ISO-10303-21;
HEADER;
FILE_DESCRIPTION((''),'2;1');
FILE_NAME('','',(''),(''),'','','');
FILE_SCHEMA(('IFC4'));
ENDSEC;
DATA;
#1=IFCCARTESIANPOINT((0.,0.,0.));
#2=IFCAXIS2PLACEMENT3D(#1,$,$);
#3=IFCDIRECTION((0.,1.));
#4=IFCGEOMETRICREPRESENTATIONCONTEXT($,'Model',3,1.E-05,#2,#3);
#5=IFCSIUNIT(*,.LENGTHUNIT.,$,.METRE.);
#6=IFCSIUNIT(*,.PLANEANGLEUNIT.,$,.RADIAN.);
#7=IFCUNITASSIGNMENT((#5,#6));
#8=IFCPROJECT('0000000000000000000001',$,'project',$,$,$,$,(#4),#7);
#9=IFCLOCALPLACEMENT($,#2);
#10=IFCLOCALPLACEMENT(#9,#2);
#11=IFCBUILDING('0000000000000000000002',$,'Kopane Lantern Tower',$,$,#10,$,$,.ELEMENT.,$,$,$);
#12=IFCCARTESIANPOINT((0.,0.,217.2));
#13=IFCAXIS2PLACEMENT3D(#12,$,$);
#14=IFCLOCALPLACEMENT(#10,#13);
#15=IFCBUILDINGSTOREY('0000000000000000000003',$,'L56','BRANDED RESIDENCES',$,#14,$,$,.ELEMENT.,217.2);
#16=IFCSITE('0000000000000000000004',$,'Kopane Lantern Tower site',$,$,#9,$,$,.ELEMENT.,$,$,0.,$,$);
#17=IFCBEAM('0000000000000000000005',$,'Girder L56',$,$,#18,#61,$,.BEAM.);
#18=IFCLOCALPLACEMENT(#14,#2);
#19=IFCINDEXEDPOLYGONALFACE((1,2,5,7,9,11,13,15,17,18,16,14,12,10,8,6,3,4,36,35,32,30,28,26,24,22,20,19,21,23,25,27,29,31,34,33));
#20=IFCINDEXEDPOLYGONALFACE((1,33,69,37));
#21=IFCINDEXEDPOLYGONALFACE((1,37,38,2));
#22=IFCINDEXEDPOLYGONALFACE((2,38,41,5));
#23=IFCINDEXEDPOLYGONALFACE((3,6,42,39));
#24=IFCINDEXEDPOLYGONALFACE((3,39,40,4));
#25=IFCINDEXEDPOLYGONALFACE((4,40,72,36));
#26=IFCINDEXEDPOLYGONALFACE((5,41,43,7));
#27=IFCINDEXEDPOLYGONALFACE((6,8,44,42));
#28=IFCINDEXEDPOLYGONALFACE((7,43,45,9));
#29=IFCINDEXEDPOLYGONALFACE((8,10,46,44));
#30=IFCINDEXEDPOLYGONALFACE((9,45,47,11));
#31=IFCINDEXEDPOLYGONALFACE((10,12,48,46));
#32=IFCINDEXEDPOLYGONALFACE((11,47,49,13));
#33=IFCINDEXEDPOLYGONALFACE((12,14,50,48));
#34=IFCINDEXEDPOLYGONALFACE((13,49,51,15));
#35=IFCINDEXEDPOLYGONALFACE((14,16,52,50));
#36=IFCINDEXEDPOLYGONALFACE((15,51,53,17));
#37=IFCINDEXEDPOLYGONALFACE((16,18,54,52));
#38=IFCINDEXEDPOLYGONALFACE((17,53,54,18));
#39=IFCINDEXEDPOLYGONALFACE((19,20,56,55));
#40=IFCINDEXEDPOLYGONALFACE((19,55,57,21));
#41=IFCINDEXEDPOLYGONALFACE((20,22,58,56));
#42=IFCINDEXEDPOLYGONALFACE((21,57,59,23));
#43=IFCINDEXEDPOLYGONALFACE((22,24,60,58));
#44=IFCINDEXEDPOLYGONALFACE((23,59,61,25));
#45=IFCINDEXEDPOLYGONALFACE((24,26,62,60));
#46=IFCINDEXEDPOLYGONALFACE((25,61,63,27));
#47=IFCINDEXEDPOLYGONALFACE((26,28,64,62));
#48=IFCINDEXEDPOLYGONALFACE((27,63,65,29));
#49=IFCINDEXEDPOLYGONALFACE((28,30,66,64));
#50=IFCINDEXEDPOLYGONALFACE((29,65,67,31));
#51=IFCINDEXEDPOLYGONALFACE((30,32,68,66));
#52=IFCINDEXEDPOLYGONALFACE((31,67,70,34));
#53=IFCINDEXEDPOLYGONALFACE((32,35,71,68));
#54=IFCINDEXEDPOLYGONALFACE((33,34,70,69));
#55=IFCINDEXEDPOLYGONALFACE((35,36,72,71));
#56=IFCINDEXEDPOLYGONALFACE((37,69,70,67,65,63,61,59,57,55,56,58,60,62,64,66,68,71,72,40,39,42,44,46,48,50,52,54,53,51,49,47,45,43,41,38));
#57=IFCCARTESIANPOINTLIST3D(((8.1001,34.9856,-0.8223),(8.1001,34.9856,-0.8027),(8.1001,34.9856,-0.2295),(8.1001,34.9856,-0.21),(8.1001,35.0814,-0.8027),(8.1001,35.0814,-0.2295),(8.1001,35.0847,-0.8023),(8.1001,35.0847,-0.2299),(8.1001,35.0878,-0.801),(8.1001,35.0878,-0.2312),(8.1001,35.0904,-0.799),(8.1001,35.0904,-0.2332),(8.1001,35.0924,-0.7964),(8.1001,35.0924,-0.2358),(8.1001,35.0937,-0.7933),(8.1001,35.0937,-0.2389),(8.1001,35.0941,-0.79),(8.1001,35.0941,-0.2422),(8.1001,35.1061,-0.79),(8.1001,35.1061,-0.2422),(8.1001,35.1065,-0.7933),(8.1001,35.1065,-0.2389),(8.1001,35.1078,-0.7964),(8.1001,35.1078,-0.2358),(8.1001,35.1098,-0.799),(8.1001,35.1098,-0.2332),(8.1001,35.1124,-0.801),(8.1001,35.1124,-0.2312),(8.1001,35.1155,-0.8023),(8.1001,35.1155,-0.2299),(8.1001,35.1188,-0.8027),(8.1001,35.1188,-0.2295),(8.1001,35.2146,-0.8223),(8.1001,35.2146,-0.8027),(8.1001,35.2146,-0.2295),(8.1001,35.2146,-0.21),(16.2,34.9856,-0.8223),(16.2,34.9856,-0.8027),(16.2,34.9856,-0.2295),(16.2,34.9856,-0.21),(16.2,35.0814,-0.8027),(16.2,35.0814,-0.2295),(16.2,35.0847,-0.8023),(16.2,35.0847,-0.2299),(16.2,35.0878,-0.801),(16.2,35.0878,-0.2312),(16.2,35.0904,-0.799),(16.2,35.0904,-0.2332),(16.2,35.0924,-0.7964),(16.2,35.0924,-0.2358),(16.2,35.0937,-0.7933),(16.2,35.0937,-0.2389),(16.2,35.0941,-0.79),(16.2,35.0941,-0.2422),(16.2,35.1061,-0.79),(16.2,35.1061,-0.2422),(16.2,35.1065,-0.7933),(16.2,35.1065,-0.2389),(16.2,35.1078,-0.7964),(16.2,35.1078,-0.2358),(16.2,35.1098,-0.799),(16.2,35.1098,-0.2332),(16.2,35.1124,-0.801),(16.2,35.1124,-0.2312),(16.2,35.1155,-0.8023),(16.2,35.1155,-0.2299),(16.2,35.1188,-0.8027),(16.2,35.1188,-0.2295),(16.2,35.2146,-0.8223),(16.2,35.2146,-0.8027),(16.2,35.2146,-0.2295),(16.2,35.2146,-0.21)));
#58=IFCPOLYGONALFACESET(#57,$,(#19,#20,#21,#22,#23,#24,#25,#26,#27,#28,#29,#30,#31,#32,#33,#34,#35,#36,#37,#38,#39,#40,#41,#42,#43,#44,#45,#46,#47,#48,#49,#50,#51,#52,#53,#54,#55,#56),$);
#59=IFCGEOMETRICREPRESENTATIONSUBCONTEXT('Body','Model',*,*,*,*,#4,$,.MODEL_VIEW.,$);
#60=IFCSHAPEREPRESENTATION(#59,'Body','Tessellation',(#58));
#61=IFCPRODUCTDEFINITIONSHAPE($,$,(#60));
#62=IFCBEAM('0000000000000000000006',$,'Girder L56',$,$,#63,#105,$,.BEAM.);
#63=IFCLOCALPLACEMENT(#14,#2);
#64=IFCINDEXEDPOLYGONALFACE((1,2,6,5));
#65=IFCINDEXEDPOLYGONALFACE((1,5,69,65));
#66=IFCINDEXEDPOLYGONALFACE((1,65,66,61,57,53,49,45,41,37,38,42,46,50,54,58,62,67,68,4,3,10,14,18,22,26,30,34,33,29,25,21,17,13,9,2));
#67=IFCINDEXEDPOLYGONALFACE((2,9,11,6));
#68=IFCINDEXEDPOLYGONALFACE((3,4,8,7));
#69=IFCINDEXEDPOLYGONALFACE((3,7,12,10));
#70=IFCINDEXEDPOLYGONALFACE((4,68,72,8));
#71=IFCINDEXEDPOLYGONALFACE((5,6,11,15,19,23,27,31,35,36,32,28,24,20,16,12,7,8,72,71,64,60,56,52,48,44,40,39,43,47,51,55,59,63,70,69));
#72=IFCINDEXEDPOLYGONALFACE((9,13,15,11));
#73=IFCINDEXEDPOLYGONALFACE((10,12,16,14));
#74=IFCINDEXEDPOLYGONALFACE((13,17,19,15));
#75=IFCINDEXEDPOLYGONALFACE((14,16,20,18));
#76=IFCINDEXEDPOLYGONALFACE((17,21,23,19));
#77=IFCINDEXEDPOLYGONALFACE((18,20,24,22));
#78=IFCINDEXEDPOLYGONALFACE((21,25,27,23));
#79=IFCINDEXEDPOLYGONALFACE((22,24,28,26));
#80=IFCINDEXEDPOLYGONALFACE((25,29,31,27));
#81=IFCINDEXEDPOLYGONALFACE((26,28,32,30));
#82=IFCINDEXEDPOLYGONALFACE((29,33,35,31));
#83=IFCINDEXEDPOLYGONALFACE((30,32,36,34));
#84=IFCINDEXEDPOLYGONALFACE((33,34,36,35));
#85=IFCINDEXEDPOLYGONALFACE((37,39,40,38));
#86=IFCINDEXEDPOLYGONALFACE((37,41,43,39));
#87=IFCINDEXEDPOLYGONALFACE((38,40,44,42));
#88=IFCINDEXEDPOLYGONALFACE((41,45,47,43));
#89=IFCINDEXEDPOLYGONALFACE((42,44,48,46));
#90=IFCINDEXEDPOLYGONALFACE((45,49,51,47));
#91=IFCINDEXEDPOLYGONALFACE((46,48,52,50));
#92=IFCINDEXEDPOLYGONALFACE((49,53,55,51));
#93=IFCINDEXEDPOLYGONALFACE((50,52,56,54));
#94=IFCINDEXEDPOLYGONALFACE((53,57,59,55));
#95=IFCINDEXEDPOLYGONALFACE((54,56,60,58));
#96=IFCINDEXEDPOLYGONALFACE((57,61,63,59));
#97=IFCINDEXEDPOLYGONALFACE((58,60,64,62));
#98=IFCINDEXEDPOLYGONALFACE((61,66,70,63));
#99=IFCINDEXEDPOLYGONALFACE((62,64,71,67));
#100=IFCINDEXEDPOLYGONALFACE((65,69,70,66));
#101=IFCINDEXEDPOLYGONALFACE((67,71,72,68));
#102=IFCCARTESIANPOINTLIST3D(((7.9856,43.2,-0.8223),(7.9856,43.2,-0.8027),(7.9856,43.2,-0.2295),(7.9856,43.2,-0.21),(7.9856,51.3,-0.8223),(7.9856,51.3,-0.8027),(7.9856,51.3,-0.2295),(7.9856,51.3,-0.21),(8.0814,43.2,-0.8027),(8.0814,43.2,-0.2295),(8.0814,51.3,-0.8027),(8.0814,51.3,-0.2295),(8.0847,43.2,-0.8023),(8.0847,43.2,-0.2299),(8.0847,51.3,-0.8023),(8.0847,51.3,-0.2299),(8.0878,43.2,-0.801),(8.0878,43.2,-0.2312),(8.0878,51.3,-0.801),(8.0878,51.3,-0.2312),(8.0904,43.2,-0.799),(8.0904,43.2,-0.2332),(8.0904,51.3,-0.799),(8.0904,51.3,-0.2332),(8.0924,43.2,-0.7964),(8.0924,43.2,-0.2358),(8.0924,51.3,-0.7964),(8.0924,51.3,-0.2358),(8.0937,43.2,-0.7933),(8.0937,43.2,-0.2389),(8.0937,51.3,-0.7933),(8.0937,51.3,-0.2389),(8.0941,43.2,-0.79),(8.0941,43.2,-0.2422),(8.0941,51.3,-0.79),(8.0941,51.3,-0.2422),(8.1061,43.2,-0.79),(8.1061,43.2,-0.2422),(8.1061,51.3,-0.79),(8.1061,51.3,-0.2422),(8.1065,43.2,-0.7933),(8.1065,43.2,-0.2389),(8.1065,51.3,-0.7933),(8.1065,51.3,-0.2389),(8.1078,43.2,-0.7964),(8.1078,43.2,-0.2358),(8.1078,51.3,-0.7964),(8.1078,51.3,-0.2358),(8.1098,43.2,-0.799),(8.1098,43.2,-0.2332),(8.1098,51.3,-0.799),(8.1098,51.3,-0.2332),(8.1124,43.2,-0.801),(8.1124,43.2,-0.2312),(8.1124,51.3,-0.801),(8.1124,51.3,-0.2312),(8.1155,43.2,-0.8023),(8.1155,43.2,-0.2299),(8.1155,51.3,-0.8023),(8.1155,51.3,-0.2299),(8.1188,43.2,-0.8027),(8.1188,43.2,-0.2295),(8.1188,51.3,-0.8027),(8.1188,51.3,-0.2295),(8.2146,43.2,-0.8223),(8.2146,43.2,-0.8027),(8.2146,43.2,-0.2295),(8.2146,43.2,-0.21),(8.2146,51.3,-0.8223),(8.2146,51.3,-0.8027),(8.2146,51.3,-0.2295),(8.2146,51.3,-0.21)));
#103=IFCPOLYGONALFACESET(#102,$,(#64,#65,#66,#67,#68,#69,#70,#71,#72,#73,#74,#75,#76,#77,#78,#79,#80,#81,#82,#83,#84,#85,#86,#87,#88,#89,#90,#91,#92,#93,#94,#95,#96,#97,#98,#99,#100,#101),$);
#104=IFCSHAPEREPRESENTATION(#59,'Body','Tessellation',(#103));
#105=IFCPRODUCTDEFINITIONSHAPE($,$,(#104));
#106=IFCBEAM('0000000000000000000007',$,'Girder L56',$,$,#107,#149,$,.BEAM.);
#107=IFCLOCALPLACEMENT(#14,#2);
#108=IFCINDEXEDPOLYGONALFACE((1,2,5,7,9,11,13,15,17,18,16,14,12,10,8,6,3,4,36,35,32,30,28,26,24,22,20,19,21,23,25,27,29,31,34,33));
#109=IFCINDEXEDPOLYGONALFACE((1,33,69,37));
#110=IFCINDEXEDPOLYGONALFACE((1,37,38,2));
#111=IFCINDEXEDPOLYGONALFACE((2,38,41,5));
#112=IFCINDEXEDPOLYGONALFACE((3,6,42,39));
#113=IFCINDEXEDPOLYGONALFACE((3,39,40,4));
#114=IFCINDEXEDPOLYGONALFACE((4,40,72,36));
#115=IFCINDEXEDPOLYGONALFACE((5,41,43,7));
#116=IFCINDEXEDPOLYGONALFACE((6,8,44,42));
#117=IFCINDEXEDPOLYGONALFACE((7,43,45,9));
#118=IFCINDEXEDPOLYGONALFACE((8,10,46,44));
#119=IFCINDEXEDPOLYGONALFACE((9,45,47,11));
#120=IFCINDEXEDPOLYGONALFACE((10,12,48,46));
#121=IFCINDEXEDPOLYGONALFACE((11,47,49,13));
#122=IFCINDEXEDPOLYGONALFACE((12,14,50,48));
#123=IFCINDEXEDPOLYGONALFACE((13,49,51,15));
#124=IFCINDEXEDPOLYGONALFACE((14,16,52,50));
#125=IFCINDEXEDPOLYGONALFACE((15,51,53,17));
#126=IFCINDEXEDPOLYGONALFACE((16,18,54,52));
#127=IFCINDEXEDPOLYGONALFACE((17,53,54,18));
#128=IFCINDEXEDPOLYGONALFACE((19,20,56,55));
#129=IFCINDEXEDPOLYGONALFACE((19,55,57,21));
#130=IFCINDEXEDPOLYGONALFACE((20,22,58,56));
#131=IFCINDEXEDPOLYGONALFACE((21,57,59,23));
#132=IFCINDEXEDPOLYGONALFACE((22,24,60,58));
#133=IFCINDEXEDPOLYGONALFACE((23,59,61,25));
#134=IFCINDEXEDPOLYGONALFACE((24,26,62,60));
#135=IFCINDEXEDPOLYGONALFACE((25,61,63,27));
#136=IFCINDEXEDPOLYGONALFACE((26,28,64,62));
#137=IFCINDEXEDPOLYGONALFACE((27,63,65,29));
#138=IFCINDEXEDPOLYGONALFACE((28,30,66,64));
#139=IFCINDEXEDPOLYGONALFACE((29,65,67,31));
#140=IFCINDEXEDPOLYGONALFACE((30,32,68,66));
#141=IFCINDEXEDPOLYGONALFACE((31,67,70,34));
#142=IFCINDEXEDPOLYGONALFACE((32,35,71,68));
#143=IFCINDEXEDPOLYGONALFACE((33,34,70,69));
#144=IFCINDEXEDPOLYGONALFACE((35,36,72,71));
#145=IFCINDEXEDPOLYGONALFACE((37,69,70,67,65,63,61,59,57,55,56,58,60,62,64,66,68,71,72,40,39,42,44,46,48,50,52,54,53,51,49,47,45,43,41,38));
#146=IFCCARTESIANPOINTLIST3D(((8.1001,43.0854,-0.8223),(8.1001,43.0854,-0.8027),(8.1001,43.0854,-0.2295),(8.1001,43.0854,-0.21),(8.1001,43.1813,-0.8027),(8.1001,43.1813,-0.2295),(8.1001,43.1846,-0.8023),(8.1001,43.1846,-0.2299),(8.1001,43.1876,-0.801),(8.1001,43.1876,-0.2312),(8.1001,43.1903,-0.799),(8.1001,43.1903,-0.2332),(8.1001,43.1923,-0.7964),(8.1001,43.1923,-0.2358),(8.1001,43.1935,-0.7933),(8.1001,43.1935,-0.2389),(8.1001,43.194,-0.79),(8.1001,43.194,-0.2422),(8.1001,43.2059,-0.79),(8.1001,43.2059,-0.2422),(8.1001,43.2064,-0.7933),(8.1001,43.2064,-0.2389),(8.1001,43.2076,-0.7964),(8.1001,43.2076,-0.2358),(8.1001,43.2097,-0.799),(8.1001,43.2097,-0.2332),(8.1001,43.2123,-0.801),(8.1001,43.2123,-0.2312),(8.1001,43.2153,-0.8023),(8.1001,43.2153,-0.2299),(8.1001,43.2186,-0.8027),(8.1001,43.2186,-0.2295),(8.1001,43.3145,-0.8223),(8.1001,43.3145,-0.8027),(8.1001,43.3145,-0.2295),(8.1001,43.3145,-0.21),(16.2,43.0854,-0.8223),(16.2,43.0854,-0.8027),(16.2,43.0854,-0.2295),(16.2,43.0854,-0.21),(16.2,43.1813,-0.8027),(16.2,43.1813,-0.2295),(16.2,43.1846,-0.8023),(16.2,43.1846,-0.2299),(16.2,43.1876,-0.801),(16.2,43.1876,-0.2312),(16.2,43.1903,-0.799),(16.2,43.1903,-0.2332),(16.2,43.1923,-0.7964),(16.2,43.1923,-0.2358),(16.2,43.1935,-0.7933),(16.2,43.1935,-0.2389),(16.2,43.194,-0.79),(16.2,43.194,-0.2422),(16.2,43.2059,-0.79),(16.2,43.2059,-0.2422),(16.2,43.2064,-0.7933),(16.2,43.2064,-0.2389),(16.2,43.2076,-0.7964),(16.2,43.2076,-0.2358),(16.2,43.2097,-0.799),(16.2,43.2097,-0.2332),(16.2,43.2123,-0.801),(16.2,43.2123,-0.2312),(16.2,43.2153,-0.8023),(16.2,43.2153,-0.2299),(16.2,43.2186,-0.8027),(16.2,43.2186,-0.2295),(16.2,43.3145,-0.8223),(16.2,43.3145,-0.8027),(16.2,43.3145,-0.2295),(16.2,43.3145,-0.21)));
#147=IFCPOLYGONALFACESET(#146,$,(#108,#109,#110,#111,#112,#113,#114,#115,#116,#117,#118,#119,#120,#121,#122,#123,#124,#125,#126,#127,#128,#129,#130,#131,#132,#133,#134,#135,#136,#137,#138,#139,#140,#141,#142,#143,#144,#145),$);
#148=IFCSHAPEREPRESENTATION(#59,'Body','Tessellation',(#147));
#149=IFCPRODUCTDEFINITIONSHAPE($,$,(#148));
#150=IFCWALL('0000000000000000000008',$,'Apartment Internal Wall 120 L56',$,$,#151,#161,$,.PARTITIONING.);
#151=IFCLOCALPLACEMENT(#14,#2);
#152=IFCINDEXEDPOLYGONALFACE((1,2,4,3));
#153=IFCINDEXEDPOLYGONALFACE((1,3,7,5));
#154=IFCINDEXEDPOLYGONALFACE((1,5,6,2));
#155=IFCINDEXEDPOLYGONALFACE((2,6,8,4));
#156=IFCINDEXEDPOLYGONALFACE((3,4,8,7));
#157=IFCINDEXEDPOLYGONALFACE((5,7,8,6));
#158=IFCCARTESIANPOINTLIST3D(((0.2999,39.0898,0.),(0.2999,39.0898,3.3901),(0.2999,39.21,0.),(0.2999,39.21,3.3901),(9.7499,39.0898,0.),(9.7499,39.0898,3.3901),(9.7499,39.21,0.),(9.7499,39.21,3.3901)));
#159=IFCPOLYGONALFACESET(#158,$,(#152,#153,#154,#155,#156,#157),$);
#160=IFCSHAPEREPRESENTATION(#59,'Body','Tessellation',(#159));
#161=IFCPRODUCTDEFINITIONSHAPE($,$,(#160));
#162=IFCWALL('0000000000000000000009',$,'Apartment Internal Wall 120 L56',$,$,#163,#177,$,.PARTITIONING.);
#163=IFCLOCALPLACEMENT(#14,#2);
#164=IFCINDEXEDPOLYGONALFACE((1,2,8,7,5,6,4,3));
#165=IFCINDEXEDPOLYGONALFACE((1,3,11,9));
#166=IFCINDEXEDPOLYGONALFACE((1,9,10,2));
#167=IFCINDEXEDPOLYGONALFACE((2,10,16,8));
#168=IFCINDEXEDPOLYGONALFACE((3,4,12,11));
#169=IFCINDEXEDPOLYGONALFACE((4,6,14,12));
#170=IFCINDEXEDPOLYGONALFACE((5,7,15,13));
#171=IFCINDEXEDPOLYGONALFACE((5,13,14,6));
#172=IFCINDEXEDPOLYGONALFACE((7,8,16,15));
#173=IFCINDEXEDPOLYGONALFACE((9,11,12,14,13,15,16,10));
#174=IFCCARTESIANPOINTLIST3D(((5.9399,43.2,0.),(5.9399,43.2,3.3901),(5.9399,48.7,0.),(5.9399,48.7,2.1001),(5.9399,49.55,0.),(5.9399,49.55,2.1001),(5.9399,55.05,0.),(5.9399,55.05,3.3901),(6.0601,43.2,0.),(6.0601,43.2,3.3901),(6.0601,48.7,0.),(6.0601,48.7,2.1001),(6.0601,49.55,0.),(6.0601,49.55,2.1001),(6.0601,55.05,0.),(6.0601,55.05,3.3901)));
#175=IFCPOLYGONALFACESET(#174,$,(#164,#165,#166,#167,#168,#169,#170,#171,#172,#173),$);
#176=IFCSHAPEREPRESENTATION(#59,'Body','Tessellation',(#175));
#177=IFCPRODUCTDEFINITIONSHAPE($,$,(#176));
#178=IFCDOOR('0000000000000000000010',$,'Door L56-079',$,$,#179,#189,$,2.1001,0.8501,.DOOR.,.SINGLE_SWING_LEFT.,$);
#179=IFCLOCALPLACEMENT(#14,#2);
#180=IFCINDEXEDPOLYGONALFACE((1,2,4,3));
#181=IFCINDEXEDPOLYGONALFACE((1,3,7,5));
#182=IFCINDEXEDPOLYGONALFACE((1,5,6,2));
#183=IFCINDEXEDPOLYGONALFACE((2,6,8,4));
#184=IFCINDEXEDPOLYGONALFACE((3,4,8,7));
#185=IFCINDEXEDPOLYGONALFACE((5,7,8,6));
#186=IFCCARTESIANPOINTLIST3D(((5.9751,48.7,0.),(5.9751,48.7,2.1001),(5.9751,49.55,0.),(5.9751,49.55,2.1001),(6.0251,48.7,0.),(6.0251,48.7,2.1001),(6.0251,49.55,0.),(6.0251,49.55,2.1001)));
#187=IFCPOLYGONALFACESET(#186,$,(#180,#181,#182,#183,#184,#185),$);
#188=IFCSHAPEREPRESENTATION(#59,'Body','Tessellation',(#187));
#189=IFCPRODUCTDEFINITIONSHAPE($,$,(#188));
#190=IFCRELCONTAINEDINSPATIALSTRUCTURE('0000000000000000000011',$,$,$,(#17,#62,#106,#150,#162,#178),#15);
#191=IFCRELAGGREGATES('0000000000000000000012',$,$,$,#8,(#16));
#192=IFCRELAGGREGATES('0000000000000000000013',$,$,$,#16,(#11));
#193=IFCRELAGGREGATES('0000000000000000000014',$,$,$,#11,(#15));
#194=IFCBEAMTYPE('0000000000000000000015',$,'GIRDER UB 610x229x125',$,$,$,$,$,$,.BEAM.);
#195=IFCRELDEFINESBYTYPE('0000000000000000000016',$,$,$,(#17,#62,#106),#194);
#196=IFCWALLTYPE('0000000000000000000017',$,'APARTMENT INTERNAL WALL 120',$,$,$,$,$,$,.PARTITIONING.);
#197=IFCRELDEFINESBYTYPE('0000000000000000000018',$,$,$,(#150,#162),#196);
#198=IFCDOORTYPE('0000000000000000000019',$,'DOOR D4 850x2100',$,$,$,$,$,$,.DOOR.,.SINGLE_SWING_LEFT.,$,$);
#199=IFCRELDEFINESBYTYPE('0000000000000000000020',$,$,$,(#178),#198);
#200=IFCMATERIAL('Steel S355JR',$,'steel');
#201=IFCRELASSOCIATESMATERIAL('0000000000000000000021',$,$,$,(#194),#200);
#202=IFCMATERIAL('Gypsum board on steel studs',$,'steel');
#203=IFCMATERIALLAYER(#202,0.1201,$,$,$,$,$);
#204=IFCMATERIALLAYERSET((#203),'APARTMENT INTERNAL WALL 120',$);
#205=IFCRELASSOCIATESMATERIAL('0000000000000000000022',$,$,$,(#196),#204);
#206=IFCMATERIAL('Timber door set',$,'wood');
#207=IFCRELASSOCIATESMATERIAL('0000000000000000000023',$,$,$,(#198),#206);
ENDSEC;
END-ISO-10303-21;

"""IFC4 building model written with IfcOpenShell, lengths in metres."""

from ifc_helpers import new_model, si_unit, direction, frame, frame_2d, origin, origin_2d, place, context, subcontext, project, spatial, rectangle, i_section, extrude, material, layer, layer_set, material_profile, profile_set, type_object, element, fill, save


model = new_model("IFC4")

# Units and contexts
model_context = context("Model", 3, precision=1e-05, world=origin(), true_north=direction((0.0, 1.0)))
body_context = subcontext(model_context, "Body", "Model", "MODEL_VIEW")
ifc_project = project(units=[si_unit("LENGTHUNIT", "METRE"), si_unit("PLANEANGLEUNIT", "RADIAN")], contexts=[model_context])

# Site, building, storey
site_placement = place(None, origin())
site = spatial("IfcSite", under=ifc_project, at=site_placement, Name="Kopane Lantern Tower site", CompositionType="ELEMENT", RefElevation=0.0)
building_placement = place(site_placement, origin())
building = spatial("IfcBuilding", under=site, at=building_placement, Name="Kopane Lantern Tower", CompositionType="ELEMENT")
storey_placement = place(building_placement, frame((0.0, 0.0, 217.2)))
storey = spatial("IfcBuildingStorey", under=building, at=storey_placement, Name="L56", Description="BRANDED RESIDENCES", CompositionType="ELEMENT", Elevation=217.2)

# Beams
ifc_material_1 = material(Name="Steel S355JR", Category="steel")
ifc_material_profile_1 = material_profile(ifc_material_1, i_section(OverallWidth=0.229, OverallDepth=0.6123, WebThickness=0.012, FlangeThickness=0.0195, FilletRadius=0.0127, at=origin_2d()), Name="UB 610x229x125")
ifc_profile_set_1 = profile_set([ifc_material_profile_1], Name="Steel S355JR")
beam_type = type_object("IfcBeamType", Name="GIRDER UB 610x229x125", PredefinedType="BEAM", material=ifc_profile_set_1)
for number, where, z_axis, x_axis, name in (
    (1, (8.1001, 35.1001, -0.5161), (1.0, 0.0, 0.0), (0.0, 1.0, 0.0), "Girder L56"),
):
    element("IfcBeam", number, at=place(storey_placement, frame(where, z_axis=z_axis, x_axis=x_axis)), inside=storey, type_object=beam_type, Name=name, PredefinedType="BEAM", context=body_context, shape_type="SweptSolid", body=[
        extrude(i_section(OverallWidth=0.229, OverallDepth=0.6123, WebThickness=0.012, FlangeThickness=0.0195, FilletRadius=0.0127, at=origin_2d()), origin(), (0.0, 0.0, 1.0), 8.0999),
    ])
beam_1_placement = place(storey_placement, frame((8.1001, 43.2, -0.5161), z_axis=(0.0, 1.0, 0.0), x_axis=(-1.0, 0.0, 0.0)))
element("IfcBeam", 2, at=beam_1_placement, inside=storey, type_object=beam_type, Name="Girder L56", PredefinedType="BEAM", context=body_context, shape_type="SweptSolid", body=[
    extrude(i_section(OverallWidth=0.229, OverallDepth=0.6123, WebThickness=0.012, FlangeThickness=0.0195, FilletRadius=0.0127, at=origin_2d()), origin(), (0.0, 0.0, 1.0), 8.1001),
])
beam_2_placement = place(storey_placement, frame((8.1001, 43.2, -0.5161), z_axis=(1.0, 0.0, 0.0), x_axis=(0.0, 1.0, 0.0)))
element("IfcBeam", 3, at=beam_2_placement, inside=storey, type_object=beam_type, Name="Girder L56", PredefinedType="BEAM", context=body_context, shape_type="SweptSolid", body=[
    extrude(i_section(OverallWidth=0.229, OverallDepth=0.6123, WebThickness=0.012, FlangeThickness=0.0195, FilletRadius=0.0127, at=origin_2d()), origin(), (0.0, 0.0, 1.0), 8.0999),
])

# Wall
ifc_material_2 = material(Name="Gypsum board on steel studs", Category="steel")
ifc_layer_1 = layer(ifc_material_2, 0.1201)
ifc_layer_set_1 = layer_set([ifc_layer_1], Name="APARTMENT INTERNAL WALL 120")
wall_type_1 = type_object("IfcWallType", Name="APARTMENT INTERNAL WALL 120", PredefinedType="PARTITIONING", material=ifc_layer_set_1)
wall_1_placement = place(storey_placement, frame((9.75, 39.1499, 0.0), z_axis=(0.0, 0.0, 1.0), x_axis=(-1.0, 0.0, 0.0)))
element("IfcWall", 4, at=wall_1_placement, inside=storey, type_object=wall_type_1, Name="Apartment Internal Wall 120 L56", PredefinedType="PARTITIONING", context=body_context, shape_type="SweptSolid", body=[
    extrude(rectangle(XDim=9.45, YDim=0.1201, at=frame_2d((4.7251, 0.0))), origin(), (0.0, 0.0, 1.0), 3.3901),
])

# Wall, opening, door
wall_2_placement = place(storey_placement, frame((6.0, 43.2, 0.0), z_axis=(0.0, 0.0, 1.0), x_axis=(0.0, 1.0, 0.0)))
wall_2 = element("IfcWall", 5, at=wall_2_placement, inside=storey, type_object=wall_type_1, Name="Apartment Internal Wall 120 L56", PredefinedType="PARTITIONING", context=body_context, shape_type="SweptSolid", body=[
    extrude(rectangle(XDim=11.8501, YDim=0.1201, at=frame_2d((5.925, 0.0))), origin(), (0.0, 0.0, 1.0), 3.3901),
])
opening_1_placement = place(wall_2_placement, frame((5.5, 0.0, 0.0)))
opening_1 = element("IfcOpeningElement", 6, at=opening_1_placement, cuts=wall_2, PredefinedType="OPENING", context=body_context, shape_type="SweptSolid", body=[
    extrude(rectangle(XDim=0.8501, YDim=2.1001, at=frame_2d((0.425, 1.05))), frame((0.0, 0.0701, 0.0), z_axis=(0.0, -1.0, 0.0), x_axis=(1.0, 0.0, 0.0)), (0.0, 0.0, 1.0), 0.1401),
])
ifc_material_3 = material(Name="Timber door set", Category="wood")
door_type_1 = type_object("IfcDoorType", Name="DOOR D4 850x2100", OperationType="SINGLE_SWING_LEFT", PredefinedType="DOOR", material=ifc_material_3)
door_1_placement = place(opening_1_placement, origin())
door_1 = element("IfcDoor", 7, at=door_1_placement, inside=storey, type_object=door_type_1, Name="Door L56-079", OperationType="SINGLE_SWING_LEFT", OverallHeight=2.1001, OverallWidth=0.8501, PredefinedType="DOOR", context=body_context, shape_type="SweptSolid", body=[
    extrude(rectangle(XDim=0.8501, YDim=2.1001, at=frame_2d((0.425, 1.05))), frame((0.0, 0.0249, 0.0), z_axis=(0.0, -1.0, 0.0), x_axis=(1.0, 0.0, 0.0)), (0.0, 0.0, 1.0), 0.05),
])
fill(opening_1, door_1)

save(model, "model.ifc")
